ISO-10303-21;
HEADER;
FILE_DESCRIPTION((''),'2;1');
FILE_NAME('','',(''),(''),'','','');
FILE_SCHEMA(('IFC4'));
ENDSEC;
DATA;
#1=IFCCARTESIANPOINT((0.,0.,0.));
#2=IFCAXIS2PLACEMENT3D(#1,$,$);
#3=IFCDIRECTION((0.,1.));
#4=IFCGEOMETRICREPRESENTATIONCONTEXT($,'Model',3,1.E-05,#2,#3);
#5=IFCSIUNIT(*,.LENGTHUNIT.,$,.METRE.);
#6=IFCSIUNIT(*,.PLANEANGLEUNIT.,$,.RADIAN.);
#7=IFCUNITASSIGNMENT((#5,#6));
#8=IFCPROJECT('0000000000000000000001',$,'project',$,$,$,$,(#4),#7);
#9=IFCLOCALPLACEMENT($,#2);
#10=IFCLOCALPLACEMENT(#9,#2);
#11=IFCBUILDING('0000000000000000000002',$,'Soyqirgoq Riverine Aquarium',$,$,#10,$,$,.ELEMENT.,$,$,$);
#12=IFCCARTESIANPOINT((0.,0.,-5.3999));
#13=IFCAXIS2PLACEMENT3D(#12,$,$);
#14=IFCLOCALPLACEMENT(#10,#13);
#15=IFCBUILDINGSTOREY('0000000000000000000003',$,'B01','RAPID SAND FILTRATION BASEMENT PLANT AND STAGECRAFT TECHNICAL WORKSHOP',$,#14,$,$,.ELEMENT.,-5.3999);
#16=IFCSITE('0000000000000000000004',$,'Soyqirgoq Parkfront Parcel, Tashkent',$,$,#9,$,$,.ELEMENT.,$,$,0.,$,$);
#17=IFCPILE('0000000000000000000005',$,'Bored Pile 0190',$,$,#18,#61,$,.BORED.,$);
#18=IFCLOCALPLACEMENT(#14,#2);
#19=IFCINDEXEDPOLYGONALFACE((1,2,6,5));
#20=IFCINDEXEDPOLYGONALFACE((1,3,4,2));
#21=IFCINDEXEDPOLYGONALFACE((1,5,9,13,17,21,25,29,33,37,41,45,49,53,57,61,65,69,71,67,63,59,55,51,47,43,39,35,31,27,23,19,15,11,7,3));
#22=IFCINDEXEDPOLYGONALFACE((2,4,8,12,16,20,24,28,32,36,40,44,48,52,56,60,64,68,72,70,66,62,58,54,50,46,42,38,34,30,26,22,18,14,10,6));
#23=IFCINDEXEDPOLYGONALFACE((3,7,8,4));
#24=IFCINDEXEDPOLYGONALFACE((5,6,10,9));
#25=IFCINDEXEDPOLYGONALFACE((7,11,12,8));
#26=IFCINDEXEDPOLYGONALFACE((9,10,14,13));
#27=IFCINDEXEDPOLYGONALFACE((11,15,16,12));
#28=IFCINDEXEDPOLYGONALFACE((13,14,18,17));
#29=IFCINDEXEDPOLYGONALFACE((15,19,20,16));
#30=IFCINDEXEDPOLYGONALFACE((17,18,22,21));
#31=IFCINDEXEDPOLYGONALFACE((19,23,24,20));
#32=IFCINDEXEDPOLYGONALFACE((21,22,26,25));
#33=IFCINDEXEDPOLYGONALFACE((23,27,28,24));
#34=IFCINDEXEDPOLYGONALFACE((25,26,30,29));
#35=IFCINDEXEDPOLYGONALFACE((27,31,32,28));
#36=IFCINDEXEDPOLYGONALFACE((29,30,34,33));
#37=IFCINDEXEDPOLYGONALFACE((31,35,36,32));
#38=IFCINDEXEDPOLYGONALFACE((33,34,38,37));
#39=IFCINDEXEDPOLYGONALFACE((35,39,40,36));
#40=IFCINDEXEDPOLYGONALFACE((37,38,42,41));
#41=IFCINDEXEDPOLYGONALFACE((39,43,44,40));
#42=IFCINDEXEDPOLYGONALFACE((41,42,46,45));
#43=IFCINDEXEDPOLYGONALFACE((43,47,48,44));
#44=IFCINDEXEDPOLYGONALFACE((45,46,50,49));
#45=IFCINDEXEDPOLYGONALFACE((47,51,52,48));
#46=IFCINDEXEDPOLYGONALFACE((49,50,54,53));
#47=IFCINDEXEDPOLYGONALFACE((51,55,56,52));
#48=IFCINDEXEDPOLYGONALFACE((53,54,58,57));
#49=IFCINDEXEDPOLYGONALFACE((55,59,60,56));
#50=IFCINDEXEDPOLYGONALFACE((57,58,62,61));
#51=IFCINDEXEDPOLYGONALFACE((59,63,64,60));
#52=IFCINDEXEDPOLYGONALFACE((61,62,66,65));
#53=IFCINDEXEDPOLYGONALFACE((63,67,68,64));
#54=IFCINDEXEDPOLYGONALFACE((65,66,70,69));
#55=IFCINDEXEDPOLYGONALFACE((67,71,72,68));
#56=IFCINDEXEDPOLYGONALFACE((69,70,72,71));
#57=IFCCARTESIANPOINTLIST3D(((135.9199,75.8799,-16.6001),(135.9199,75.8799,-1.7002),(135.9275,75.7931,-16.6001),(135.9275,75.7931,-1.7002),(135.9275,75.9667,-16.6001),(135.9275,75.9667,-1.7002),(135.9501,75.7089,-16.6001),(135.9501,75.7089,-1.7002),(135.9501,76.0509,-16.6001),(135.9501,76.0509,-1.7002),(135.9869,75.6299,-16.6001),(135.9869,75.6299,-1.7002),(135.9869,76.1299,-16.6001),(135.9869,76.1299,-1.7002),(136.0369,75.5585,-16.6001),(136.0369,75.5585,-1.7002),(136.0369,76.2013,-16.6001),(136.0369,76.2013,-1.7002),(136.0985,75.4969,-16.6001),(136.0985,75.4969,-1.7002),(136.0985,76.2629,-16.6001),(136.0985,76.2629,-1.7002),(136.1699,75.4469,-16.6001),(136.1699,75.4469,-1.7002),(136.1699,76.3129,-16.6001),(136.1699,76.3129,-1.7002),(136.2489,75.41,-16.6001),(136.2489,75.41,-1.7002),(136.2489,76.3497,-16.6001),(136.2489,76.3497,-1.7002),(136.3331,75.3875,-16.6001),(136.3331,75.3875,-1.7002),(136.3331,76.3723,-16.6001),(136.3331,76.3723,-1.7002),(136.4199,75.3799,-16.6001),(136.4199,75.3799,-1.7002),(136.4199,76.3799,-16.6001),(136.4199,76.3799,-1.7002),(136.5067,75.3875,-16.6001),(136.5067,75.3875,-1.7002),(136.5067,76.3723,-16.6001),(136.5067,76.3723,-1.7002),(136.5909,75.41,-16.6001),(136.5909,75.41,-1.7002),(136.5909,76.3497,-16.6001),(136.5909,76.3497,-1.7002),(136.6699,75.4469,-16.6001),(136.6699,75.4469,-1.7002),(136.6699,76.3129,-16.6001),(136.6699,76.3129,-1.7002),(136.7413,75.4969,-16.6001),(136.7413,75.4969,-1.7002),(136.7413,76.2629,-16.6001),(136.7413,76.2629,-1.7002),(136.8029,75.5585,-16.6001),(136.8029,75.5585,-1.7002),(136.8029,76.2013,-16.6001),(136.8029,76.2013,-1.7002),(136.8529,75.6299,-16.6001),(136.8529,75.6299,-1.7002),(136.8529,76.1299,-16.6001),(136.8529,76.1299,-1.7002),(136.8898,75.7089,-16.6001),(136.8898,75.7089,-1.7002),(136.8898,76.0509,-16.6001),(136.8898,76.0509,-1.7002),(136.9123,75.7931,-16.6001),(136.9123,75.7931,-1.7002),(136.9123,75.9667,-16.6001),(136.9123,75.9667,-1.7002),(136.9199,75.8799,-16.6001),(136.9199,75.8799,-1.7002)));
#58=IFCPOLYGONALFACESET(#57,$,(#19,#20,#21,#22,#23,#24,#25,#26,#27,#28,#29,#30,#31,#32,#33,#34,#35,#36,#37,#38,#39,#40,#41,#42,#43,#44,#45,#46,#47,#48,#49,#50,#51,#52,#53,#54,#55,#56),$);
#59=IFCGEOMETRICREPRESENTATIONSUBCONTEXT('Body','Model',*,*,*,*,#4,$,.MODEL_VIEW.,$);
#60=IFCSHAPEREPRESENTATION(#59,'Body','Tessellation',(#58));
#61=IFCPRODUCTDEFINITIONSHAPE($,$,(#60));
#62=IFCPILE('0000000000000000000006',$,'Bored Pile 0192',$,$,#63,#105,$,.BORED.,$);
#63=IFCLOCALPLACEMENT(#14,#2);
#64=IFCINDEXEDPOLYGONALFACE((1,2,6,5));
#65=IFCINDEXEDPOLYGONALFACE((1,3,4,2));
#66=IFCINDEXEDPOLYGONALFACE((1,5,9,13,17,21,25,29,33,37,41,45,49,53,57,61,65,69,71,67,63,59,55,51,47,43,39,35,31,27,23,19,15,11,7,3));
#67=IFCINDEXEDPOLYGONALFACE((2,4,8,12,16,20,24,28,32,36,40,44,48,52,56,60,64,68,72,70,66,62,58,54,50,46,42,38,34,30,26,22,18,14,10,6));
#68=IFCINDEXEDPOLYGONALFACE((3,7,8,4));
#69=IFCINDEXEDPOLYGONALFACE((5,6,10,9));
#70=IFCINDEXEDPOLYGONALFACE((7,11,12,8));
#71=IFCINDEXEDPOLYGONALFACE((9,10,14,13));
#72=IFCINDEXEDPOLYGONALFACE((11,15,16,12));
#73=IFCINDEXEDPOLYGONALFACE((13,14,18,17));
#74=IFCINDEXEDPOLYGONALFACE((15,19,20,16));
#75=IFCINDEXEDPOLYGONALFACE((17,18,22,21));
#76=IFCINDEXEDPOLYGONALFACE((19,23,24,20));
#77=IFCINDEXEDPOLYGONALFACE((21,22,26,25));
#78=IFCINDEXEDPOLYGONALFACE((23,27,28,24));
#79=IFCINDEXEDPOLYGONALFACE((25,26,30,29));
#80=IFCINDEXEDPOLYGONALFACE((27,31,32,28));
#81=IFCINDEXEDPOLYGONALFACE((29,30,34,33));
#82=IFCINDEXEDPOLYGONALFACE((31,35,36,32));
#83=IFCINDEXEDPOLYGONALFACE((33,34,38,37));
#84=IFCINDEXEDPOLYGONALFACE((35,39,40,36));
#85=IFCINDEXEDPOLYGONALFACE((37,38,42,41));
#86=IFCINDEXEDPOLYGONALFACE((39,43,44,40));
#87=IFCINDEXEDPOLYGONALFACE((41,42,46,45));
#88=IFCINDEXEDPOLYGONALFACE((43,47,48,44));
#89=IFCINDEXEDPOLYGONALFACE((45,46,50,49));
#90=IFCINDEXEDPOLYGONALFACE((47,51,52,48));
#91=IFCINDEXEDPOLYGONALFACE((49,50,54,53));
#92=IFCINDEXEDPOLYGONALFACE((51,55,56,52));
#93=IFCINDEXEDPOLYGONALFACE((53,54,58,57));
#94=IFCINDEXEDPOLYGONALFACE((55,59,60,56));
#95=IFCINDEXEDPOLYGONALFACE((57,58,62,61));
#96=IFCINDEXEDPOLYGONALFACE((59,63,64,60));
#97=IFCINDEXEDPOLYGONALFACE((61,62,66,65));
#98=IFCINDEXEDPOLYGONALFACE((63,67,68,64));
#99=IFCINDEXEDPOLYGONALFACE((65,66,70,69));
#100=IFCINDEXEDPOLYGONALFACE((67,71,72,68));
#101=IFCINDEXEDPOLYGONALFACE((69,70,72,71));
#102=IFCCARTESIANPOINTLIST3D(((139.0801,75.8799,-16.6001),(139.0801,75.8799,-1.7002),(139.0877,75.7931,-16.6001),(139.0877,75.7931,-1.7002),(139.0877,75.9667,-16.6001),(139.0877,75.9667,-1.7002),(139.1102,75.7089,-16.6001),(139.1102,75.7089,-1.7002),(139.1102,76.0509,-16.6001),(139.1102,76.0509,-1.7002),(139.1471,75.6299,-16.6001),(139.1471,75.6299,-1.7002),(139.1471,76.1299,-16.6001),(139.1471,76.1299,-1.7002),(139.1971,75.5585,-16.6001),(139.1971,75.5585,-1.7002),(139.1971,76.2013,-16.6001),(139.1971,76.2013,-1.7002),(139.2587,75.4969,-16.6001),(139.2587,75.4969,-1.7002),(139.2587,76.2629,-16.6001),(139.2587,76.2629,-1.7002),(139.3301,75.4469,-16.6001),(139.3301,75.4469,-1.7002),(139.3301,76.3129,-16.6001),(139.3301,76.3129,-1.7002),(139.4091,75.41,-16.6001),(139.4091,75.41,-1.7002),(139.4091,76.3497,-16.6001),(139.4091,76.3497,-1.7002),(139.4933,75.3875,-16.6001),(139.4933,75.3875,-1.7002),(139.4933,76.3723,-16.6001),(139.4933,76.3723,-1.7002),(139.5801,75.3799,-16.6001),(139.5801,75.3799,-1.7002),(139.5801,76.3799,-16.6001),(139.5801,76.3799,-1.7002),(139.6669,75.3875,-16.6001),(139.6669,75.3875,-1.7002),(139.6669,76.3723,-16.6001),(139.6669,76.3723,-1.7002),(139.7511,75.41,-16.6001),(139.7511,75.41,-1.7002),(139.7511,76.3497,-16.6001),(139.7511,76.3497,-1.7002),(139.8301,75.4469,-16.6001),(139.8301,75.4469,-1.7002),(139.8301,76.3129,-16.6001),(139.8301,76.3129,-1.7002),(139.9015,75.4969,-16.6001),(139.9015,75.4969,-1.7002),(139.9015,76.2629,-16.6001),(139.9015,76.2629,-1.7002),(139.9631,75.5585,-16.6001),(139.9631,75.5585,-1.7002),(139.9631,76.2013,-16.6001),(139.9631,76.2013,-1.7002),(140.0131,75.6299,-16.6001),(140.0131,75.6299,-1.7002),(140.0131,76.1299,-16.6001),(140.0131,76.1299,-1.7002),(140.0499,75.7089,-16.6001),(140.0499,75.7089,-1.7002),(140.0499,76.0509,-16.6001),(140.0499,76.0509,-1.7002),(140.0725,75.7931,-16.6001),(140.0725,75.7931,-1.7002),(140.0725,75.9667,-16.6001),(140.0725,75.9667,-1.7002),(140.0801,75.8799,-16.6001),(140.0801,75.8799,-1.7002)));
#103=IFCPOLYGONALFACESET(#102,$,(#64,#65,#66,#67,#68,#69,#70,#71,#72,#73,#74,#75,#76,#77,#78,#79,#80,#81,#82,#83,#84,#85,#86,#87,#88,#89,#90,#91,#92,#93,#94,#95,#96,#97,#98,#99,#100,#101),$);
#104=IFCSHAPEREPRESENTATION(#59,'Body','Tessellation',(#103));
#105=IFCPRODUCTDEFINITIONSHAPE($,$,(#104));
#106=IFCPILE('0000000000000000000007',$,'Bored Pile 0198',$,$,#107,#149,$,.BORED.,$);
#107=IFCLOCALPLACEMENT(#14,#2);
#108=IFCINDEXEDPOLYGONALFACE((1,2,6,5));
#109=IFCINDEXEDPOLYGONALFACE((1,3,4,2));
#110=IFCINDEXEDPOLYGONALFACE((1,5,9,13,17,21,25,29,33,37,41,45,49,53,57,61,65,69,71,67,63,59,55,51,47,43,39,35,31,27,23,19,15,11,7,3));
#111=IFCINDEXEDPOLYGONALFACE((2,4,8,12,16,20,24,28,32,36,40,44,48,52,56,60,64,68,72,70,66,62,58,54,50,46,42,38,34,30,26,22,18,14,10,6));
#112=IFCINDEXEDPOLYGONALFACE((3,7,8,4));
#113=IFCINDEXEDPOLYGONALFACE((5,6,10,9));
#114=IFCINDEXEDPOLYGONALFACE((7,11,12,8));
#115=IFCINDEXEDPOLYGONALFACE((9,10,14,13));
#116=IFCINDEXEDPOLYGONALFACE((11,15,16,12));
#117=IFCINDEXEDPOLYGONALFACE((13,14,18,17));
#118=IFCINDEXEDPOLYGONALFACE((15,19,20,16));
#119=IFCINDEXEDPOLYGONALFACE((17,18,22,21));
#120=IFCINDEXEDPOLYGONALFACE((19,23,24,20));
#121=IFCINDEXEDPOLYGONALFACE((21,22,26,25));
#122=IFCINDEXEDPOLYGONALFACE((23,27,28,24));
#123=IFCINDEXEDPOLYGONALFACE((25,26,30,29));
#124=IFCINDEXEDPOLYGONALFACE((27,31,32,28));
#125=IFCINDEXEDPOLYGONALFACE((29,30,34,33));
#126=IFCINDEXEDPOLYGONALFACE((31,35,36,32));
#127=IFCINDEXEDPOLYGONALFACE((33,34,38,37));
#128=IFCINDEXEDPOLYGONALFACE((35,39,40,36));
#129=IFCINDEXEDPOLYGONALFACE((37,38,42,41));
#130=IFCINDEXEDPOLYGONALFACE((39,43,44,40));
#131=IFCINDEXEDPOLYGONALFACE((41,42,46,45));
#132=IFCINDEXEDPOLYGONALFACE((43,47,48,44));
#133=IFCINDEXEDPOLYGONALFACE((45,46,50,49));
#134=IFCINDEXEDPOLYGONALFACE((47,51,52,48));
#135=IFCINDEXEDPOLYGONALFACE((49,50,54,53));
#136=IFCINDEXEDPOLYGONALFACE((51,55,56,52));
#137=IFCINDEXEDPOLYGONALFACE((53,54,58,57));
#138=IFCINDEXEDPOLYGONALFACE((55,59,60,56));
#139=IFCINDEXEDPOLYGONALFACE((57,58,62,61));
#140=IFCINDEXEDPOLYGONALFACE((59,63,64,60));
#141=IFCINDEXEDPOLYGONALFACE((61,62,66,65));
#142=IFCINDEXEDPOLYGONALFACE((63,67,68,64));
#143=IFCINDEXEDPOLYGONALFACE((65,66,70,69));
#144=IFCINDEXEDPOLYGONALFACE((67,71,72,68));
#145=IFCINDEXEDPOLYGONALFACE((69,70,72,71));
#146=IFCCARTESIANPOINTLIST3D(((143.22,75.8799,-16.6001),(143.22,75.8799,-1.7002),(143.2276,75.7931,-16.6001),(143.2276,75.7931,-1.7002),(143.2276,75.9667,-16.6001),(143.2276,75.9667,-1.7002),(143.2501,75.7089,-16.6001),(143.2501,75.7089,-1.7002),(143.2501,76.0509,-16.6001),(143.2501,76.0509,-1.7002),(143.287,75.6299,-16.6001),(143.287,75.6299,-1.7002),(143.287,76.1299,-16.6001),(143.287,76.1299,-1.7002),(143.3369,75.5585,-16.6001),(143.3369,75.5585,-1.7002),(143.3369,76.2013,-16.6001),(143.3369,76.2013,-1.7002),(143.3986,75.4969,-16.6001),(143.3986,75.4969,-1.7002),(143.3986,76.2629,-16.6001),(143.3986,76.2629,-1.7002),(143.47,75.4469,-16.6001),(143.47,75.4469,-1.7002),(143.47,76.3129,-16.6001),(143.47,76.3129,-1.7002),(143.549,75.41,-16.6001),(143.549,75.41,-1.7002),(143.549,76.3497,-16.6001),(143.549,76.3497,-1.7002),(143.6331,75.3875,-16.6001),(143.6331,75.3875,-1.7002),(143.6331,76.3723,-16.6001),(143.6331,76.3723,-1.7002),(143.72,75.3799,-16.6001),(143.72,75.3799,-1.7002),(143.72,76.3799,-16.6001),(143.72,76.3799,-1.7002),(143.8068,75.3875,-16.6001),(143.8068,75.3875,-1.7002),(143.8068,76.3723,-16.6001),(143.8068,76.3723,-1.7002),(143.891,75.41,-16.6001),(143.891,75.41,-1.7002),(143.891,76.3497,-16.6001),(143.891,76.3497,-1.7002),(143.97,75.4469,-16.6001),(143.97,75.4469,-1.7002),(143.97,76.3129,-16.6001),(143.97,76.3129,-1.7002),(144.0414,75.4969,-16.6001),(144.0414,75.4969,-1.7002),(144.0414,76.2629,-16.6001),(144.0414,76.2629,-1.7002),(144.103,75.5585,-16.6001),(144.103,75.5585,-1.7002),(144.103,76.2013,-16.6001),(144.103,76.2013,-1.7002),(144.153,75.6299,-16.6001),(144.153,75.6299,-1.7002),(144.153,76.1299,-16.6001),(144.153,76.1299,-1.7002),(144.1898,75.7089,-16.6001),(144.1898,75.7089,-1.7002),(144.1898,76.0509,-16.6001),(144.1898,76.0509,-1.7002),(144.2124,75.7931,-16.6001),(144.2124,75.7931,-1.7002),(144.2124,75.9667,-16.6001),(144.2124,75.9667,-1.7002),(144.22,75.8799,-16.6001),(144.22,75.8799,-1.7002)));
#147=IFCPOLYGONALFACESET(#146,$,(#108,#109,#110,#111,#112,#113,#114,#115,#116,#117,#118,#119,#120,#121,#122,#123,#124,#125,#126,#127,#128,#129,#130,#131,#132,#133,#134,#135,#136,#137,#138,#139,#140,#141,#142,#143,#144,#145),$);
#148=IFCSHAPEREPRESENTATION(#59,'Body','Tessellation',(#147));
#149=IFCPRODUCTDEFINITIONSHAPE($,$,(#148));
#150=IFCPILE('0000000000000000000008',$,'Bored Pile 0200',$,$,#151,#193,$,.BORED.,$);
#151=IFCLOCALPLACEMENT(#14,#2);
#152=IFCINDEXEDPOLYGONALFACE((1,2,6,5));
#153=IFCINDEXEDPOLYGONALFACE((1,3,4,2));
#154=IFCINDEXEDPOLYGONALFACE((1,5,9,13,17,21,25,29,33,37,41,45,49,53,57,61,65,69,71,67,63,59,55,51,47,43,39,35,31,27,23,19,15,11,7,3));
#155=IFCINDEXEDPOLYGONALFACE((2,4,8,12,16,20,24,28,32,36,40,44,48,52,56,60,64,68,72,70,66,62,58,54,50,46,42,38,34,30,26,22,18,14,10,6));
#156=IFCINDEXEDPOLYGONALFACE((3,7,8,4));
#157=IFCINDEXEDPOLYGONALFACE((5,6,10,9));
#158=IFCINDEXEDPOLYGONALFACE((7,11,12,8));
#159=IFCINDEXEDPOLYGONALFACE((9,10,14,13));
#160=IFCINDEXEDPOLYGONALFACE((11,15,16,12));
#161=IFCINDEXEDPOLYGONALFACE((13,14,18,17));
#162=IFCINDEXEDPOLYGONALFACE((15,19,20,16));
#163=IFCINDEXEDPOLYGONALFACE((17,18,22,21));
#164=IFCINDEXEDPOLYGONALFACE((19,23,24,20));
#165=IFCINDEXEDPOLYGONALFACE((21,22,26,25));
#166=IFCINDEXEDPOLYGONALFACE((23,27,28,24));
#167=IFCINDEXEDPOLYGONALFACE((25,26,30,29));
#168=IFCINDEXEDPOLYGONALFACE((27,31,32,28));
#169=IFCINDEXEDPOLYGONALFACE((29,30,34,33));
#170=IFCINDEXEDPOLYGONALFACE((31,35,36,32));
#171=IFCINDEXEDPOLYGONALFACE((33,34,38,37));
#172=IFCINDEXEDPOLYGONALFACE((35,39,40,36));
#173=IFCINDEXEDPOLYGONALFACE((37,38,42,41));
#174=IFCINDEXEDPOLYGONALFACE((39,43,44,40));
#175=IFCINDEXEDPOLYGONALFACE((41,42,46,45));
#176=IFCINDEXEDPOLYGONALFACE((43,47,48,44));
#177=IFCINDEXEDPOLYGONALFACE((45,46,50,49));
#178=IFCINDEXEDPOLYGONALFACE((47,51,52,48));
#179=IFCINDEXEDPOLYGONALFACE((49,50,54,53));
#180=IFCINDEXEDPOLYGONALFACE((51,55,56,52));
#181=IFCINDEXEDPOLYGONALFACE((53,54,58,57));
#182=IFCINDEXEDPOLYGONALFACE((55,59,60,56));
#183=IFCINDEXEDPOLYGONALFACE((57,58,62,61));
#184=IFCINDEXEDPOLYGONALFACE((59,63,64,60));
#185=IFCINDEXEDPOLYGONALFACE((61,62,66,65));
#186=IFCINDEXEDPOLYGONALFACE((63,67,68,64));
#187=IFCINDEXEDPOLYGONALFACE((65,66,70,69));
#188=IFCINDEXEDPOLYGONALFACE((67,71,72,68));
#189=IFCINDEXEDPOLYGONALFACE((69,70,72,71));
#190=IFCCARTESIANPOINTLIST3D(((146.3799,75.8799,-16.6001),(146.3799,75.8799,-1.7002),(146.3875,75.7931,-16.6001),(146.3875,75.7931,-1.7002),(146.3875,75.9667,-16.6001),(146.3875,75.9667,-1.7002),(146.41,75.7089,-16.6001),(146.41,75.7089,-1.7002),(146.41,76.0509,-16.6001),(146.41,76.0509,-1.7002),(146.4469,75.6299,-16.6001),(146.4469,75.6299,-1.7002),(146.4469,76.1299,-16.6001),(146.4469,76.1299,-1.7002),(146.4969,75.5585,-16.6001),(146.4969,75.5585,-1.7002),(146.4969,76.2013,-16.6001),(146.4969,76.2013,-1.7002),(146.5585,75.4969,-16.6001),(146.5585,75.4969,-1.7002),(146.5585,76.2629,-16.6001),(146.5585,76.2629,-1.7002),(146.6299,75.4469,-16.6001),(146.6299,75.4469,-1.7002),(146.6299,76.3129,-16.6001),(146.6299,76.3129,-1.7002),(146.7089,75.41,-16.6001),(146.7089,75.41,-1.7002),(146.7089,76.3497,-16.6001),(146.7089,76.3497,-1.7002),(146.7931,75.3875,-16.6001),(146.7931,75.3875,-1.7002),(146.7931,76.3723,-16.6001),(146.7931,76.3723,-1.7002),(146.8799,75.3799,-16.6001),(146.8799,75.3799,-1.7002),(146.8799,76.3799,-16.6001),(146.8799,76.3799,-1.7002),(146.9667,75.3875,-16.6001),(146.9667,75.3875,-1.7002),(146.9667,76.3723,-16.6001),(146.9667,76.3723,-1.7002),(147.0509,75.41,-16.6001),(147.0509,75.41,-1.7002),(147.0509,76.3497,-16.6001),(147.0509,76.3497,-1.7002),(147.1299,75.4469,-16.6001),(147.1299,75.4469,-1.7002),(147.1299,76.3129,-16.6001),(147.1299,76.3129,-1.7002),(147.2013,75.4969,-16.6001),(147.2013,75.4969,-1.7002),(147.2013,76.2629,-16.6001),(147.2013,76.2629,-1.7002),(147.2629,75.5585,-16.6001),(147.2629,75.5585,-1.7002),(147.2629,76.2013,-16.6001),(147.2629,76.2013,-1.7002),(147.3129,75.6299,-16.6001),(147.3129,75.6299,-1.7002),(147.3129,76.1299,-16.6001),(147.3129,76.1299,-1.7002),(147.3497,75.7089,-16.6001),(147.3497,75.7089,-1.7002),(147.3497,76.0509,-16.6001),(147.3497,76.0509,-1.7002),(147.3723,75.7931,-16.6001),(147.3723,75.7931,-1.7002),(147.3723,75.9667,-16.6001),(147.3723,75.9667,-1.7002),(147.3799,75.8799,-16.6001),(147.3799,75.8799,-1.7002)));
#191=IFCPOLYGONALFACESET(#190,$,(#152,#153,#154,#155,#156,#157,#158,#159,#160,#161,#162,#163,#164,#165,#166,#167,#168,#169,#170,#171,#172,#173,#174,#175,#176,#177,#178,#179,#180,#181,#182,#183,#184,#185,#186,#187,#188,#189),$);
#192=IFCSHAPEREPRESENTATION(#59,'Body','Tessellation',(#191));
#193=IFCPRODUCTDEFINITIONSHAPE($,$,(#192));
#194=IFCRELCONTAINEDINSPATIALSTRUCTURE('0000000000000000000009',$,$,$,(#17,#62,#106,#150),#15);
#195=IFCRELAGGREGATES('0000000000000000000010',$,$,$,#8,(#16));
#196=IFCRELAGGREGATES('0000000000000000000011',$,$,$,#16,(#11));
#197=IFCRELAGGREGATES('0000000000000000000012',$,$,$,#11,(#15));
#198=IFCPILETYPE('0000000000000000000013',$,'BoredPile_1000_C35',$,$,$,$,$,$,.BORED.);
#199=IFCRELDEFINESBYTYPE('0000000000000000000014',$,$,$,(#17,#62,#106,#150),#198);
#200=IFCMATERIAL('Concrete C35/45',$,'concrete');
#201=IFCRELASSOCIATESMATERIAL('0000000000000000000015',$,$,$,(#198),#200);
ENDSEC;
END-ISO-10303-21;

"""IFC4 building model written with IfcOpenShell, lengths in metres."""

from ifc_helpers import new_model, si_unit, direction, frame, origin, origin_2d, place, context, subcontext, project, spatial, circle, extrude, material, material_profile, profile_set, type_object, element, save


model = new_model("IFC4")

# Units and contexts
model_context = context("Model", 3, precision=1e-05, world=origin(), true_north=direction((0.0, 1.0)))
body_context = subcontext(model_context, "Body", "Model", "MODEL_VIEW")
ifc_project = project(units=[si_unit("LENGTHUNIT", "METRE"), si_unit("PLANEANGLEUNIT", "RADIAN")], contexts=[model_context])

# Site, building, storey
site_placement = place(None, origin())
site = spatial("IfcSite", under=ifc_project, at=site_placement, Name="Soyqirgoq Parkfront Parcel, Tashkent", CompositionType="ELEMENT", RefElevation=0.0)
building_placement = place(site_placement, origin())
building = spatial("IfcBuilding", under=site, at=building_placement, Name="Soyqirgoq Riverine Aquarium", CompositionType="ELEMENT")
storey_placement = place(building_placement, frame((0.0, 0.0, -5.3999)))
storey = spatial("IfcBuildingStorey", under=building, at=storey_placement, Name="B01", Description="RAPID SAND FILTRATION BASEMENT PLANT AND STAGECRAFT TECHNICAL WORKSHOP", CompositionType="ELEMENT", Elevation=-5.3999)

# Piles
ifc_material_1 = material(Name="Concrete C35/45", Category="concrete")
ifc_material_profile_1 = material_profile(ifc_material_1, circle(Radius=0.5, at=origin_2d()), Name="BP D1000")
ifc_profile_set_1 = profile_set([ifc_material_profile_1], Name="Concrete C35/45")
pile_type = type_object("IfcPileType", Name="BoredPile_1000_C35", PredefinedType="BORED", material=ifc_profile_set_1)
for number, where, z_axis, x_axis, name in (
    (1, (136.4199, 75.8799, -1.7002), (0.0, 0.0, -1.0), (1.0, 0.0, 0.0), "Bored Pile 0190"),
    (2, (139.5801, 75.8799, -1.7002), (0.0, 0.0, -1.0), (1.0, 0.0, 0.0), "Bored Pile 0192"),
    (3, (143.72, 75.8799, -1.7002), (0.0, 0.0, -1.0), (1.0, 0.0, 0.0), "Bored Pile 0198"),
    (4, (146.8799, 75.8799, -1.7002), (0.0, 0.0, -1.0), (1.0, 0.0, 0.0), "Bored Pile 0200"),
):
    element("IfcPile", number, at=place(storey_placement, frame(where, z_axis=z_axis, x_axis=x_axis)), inside=storey, type_object=pile_type, Name=name, PredefinedType="BORED", context=body_context, shape_type="SweptSolid", body=[
        extrude(circle(Radius=0.5, at=origin_2d()), origin(), (0.0, 0.0, 1.0), 14.8999),
    ])

save(model, "model.ifc")
